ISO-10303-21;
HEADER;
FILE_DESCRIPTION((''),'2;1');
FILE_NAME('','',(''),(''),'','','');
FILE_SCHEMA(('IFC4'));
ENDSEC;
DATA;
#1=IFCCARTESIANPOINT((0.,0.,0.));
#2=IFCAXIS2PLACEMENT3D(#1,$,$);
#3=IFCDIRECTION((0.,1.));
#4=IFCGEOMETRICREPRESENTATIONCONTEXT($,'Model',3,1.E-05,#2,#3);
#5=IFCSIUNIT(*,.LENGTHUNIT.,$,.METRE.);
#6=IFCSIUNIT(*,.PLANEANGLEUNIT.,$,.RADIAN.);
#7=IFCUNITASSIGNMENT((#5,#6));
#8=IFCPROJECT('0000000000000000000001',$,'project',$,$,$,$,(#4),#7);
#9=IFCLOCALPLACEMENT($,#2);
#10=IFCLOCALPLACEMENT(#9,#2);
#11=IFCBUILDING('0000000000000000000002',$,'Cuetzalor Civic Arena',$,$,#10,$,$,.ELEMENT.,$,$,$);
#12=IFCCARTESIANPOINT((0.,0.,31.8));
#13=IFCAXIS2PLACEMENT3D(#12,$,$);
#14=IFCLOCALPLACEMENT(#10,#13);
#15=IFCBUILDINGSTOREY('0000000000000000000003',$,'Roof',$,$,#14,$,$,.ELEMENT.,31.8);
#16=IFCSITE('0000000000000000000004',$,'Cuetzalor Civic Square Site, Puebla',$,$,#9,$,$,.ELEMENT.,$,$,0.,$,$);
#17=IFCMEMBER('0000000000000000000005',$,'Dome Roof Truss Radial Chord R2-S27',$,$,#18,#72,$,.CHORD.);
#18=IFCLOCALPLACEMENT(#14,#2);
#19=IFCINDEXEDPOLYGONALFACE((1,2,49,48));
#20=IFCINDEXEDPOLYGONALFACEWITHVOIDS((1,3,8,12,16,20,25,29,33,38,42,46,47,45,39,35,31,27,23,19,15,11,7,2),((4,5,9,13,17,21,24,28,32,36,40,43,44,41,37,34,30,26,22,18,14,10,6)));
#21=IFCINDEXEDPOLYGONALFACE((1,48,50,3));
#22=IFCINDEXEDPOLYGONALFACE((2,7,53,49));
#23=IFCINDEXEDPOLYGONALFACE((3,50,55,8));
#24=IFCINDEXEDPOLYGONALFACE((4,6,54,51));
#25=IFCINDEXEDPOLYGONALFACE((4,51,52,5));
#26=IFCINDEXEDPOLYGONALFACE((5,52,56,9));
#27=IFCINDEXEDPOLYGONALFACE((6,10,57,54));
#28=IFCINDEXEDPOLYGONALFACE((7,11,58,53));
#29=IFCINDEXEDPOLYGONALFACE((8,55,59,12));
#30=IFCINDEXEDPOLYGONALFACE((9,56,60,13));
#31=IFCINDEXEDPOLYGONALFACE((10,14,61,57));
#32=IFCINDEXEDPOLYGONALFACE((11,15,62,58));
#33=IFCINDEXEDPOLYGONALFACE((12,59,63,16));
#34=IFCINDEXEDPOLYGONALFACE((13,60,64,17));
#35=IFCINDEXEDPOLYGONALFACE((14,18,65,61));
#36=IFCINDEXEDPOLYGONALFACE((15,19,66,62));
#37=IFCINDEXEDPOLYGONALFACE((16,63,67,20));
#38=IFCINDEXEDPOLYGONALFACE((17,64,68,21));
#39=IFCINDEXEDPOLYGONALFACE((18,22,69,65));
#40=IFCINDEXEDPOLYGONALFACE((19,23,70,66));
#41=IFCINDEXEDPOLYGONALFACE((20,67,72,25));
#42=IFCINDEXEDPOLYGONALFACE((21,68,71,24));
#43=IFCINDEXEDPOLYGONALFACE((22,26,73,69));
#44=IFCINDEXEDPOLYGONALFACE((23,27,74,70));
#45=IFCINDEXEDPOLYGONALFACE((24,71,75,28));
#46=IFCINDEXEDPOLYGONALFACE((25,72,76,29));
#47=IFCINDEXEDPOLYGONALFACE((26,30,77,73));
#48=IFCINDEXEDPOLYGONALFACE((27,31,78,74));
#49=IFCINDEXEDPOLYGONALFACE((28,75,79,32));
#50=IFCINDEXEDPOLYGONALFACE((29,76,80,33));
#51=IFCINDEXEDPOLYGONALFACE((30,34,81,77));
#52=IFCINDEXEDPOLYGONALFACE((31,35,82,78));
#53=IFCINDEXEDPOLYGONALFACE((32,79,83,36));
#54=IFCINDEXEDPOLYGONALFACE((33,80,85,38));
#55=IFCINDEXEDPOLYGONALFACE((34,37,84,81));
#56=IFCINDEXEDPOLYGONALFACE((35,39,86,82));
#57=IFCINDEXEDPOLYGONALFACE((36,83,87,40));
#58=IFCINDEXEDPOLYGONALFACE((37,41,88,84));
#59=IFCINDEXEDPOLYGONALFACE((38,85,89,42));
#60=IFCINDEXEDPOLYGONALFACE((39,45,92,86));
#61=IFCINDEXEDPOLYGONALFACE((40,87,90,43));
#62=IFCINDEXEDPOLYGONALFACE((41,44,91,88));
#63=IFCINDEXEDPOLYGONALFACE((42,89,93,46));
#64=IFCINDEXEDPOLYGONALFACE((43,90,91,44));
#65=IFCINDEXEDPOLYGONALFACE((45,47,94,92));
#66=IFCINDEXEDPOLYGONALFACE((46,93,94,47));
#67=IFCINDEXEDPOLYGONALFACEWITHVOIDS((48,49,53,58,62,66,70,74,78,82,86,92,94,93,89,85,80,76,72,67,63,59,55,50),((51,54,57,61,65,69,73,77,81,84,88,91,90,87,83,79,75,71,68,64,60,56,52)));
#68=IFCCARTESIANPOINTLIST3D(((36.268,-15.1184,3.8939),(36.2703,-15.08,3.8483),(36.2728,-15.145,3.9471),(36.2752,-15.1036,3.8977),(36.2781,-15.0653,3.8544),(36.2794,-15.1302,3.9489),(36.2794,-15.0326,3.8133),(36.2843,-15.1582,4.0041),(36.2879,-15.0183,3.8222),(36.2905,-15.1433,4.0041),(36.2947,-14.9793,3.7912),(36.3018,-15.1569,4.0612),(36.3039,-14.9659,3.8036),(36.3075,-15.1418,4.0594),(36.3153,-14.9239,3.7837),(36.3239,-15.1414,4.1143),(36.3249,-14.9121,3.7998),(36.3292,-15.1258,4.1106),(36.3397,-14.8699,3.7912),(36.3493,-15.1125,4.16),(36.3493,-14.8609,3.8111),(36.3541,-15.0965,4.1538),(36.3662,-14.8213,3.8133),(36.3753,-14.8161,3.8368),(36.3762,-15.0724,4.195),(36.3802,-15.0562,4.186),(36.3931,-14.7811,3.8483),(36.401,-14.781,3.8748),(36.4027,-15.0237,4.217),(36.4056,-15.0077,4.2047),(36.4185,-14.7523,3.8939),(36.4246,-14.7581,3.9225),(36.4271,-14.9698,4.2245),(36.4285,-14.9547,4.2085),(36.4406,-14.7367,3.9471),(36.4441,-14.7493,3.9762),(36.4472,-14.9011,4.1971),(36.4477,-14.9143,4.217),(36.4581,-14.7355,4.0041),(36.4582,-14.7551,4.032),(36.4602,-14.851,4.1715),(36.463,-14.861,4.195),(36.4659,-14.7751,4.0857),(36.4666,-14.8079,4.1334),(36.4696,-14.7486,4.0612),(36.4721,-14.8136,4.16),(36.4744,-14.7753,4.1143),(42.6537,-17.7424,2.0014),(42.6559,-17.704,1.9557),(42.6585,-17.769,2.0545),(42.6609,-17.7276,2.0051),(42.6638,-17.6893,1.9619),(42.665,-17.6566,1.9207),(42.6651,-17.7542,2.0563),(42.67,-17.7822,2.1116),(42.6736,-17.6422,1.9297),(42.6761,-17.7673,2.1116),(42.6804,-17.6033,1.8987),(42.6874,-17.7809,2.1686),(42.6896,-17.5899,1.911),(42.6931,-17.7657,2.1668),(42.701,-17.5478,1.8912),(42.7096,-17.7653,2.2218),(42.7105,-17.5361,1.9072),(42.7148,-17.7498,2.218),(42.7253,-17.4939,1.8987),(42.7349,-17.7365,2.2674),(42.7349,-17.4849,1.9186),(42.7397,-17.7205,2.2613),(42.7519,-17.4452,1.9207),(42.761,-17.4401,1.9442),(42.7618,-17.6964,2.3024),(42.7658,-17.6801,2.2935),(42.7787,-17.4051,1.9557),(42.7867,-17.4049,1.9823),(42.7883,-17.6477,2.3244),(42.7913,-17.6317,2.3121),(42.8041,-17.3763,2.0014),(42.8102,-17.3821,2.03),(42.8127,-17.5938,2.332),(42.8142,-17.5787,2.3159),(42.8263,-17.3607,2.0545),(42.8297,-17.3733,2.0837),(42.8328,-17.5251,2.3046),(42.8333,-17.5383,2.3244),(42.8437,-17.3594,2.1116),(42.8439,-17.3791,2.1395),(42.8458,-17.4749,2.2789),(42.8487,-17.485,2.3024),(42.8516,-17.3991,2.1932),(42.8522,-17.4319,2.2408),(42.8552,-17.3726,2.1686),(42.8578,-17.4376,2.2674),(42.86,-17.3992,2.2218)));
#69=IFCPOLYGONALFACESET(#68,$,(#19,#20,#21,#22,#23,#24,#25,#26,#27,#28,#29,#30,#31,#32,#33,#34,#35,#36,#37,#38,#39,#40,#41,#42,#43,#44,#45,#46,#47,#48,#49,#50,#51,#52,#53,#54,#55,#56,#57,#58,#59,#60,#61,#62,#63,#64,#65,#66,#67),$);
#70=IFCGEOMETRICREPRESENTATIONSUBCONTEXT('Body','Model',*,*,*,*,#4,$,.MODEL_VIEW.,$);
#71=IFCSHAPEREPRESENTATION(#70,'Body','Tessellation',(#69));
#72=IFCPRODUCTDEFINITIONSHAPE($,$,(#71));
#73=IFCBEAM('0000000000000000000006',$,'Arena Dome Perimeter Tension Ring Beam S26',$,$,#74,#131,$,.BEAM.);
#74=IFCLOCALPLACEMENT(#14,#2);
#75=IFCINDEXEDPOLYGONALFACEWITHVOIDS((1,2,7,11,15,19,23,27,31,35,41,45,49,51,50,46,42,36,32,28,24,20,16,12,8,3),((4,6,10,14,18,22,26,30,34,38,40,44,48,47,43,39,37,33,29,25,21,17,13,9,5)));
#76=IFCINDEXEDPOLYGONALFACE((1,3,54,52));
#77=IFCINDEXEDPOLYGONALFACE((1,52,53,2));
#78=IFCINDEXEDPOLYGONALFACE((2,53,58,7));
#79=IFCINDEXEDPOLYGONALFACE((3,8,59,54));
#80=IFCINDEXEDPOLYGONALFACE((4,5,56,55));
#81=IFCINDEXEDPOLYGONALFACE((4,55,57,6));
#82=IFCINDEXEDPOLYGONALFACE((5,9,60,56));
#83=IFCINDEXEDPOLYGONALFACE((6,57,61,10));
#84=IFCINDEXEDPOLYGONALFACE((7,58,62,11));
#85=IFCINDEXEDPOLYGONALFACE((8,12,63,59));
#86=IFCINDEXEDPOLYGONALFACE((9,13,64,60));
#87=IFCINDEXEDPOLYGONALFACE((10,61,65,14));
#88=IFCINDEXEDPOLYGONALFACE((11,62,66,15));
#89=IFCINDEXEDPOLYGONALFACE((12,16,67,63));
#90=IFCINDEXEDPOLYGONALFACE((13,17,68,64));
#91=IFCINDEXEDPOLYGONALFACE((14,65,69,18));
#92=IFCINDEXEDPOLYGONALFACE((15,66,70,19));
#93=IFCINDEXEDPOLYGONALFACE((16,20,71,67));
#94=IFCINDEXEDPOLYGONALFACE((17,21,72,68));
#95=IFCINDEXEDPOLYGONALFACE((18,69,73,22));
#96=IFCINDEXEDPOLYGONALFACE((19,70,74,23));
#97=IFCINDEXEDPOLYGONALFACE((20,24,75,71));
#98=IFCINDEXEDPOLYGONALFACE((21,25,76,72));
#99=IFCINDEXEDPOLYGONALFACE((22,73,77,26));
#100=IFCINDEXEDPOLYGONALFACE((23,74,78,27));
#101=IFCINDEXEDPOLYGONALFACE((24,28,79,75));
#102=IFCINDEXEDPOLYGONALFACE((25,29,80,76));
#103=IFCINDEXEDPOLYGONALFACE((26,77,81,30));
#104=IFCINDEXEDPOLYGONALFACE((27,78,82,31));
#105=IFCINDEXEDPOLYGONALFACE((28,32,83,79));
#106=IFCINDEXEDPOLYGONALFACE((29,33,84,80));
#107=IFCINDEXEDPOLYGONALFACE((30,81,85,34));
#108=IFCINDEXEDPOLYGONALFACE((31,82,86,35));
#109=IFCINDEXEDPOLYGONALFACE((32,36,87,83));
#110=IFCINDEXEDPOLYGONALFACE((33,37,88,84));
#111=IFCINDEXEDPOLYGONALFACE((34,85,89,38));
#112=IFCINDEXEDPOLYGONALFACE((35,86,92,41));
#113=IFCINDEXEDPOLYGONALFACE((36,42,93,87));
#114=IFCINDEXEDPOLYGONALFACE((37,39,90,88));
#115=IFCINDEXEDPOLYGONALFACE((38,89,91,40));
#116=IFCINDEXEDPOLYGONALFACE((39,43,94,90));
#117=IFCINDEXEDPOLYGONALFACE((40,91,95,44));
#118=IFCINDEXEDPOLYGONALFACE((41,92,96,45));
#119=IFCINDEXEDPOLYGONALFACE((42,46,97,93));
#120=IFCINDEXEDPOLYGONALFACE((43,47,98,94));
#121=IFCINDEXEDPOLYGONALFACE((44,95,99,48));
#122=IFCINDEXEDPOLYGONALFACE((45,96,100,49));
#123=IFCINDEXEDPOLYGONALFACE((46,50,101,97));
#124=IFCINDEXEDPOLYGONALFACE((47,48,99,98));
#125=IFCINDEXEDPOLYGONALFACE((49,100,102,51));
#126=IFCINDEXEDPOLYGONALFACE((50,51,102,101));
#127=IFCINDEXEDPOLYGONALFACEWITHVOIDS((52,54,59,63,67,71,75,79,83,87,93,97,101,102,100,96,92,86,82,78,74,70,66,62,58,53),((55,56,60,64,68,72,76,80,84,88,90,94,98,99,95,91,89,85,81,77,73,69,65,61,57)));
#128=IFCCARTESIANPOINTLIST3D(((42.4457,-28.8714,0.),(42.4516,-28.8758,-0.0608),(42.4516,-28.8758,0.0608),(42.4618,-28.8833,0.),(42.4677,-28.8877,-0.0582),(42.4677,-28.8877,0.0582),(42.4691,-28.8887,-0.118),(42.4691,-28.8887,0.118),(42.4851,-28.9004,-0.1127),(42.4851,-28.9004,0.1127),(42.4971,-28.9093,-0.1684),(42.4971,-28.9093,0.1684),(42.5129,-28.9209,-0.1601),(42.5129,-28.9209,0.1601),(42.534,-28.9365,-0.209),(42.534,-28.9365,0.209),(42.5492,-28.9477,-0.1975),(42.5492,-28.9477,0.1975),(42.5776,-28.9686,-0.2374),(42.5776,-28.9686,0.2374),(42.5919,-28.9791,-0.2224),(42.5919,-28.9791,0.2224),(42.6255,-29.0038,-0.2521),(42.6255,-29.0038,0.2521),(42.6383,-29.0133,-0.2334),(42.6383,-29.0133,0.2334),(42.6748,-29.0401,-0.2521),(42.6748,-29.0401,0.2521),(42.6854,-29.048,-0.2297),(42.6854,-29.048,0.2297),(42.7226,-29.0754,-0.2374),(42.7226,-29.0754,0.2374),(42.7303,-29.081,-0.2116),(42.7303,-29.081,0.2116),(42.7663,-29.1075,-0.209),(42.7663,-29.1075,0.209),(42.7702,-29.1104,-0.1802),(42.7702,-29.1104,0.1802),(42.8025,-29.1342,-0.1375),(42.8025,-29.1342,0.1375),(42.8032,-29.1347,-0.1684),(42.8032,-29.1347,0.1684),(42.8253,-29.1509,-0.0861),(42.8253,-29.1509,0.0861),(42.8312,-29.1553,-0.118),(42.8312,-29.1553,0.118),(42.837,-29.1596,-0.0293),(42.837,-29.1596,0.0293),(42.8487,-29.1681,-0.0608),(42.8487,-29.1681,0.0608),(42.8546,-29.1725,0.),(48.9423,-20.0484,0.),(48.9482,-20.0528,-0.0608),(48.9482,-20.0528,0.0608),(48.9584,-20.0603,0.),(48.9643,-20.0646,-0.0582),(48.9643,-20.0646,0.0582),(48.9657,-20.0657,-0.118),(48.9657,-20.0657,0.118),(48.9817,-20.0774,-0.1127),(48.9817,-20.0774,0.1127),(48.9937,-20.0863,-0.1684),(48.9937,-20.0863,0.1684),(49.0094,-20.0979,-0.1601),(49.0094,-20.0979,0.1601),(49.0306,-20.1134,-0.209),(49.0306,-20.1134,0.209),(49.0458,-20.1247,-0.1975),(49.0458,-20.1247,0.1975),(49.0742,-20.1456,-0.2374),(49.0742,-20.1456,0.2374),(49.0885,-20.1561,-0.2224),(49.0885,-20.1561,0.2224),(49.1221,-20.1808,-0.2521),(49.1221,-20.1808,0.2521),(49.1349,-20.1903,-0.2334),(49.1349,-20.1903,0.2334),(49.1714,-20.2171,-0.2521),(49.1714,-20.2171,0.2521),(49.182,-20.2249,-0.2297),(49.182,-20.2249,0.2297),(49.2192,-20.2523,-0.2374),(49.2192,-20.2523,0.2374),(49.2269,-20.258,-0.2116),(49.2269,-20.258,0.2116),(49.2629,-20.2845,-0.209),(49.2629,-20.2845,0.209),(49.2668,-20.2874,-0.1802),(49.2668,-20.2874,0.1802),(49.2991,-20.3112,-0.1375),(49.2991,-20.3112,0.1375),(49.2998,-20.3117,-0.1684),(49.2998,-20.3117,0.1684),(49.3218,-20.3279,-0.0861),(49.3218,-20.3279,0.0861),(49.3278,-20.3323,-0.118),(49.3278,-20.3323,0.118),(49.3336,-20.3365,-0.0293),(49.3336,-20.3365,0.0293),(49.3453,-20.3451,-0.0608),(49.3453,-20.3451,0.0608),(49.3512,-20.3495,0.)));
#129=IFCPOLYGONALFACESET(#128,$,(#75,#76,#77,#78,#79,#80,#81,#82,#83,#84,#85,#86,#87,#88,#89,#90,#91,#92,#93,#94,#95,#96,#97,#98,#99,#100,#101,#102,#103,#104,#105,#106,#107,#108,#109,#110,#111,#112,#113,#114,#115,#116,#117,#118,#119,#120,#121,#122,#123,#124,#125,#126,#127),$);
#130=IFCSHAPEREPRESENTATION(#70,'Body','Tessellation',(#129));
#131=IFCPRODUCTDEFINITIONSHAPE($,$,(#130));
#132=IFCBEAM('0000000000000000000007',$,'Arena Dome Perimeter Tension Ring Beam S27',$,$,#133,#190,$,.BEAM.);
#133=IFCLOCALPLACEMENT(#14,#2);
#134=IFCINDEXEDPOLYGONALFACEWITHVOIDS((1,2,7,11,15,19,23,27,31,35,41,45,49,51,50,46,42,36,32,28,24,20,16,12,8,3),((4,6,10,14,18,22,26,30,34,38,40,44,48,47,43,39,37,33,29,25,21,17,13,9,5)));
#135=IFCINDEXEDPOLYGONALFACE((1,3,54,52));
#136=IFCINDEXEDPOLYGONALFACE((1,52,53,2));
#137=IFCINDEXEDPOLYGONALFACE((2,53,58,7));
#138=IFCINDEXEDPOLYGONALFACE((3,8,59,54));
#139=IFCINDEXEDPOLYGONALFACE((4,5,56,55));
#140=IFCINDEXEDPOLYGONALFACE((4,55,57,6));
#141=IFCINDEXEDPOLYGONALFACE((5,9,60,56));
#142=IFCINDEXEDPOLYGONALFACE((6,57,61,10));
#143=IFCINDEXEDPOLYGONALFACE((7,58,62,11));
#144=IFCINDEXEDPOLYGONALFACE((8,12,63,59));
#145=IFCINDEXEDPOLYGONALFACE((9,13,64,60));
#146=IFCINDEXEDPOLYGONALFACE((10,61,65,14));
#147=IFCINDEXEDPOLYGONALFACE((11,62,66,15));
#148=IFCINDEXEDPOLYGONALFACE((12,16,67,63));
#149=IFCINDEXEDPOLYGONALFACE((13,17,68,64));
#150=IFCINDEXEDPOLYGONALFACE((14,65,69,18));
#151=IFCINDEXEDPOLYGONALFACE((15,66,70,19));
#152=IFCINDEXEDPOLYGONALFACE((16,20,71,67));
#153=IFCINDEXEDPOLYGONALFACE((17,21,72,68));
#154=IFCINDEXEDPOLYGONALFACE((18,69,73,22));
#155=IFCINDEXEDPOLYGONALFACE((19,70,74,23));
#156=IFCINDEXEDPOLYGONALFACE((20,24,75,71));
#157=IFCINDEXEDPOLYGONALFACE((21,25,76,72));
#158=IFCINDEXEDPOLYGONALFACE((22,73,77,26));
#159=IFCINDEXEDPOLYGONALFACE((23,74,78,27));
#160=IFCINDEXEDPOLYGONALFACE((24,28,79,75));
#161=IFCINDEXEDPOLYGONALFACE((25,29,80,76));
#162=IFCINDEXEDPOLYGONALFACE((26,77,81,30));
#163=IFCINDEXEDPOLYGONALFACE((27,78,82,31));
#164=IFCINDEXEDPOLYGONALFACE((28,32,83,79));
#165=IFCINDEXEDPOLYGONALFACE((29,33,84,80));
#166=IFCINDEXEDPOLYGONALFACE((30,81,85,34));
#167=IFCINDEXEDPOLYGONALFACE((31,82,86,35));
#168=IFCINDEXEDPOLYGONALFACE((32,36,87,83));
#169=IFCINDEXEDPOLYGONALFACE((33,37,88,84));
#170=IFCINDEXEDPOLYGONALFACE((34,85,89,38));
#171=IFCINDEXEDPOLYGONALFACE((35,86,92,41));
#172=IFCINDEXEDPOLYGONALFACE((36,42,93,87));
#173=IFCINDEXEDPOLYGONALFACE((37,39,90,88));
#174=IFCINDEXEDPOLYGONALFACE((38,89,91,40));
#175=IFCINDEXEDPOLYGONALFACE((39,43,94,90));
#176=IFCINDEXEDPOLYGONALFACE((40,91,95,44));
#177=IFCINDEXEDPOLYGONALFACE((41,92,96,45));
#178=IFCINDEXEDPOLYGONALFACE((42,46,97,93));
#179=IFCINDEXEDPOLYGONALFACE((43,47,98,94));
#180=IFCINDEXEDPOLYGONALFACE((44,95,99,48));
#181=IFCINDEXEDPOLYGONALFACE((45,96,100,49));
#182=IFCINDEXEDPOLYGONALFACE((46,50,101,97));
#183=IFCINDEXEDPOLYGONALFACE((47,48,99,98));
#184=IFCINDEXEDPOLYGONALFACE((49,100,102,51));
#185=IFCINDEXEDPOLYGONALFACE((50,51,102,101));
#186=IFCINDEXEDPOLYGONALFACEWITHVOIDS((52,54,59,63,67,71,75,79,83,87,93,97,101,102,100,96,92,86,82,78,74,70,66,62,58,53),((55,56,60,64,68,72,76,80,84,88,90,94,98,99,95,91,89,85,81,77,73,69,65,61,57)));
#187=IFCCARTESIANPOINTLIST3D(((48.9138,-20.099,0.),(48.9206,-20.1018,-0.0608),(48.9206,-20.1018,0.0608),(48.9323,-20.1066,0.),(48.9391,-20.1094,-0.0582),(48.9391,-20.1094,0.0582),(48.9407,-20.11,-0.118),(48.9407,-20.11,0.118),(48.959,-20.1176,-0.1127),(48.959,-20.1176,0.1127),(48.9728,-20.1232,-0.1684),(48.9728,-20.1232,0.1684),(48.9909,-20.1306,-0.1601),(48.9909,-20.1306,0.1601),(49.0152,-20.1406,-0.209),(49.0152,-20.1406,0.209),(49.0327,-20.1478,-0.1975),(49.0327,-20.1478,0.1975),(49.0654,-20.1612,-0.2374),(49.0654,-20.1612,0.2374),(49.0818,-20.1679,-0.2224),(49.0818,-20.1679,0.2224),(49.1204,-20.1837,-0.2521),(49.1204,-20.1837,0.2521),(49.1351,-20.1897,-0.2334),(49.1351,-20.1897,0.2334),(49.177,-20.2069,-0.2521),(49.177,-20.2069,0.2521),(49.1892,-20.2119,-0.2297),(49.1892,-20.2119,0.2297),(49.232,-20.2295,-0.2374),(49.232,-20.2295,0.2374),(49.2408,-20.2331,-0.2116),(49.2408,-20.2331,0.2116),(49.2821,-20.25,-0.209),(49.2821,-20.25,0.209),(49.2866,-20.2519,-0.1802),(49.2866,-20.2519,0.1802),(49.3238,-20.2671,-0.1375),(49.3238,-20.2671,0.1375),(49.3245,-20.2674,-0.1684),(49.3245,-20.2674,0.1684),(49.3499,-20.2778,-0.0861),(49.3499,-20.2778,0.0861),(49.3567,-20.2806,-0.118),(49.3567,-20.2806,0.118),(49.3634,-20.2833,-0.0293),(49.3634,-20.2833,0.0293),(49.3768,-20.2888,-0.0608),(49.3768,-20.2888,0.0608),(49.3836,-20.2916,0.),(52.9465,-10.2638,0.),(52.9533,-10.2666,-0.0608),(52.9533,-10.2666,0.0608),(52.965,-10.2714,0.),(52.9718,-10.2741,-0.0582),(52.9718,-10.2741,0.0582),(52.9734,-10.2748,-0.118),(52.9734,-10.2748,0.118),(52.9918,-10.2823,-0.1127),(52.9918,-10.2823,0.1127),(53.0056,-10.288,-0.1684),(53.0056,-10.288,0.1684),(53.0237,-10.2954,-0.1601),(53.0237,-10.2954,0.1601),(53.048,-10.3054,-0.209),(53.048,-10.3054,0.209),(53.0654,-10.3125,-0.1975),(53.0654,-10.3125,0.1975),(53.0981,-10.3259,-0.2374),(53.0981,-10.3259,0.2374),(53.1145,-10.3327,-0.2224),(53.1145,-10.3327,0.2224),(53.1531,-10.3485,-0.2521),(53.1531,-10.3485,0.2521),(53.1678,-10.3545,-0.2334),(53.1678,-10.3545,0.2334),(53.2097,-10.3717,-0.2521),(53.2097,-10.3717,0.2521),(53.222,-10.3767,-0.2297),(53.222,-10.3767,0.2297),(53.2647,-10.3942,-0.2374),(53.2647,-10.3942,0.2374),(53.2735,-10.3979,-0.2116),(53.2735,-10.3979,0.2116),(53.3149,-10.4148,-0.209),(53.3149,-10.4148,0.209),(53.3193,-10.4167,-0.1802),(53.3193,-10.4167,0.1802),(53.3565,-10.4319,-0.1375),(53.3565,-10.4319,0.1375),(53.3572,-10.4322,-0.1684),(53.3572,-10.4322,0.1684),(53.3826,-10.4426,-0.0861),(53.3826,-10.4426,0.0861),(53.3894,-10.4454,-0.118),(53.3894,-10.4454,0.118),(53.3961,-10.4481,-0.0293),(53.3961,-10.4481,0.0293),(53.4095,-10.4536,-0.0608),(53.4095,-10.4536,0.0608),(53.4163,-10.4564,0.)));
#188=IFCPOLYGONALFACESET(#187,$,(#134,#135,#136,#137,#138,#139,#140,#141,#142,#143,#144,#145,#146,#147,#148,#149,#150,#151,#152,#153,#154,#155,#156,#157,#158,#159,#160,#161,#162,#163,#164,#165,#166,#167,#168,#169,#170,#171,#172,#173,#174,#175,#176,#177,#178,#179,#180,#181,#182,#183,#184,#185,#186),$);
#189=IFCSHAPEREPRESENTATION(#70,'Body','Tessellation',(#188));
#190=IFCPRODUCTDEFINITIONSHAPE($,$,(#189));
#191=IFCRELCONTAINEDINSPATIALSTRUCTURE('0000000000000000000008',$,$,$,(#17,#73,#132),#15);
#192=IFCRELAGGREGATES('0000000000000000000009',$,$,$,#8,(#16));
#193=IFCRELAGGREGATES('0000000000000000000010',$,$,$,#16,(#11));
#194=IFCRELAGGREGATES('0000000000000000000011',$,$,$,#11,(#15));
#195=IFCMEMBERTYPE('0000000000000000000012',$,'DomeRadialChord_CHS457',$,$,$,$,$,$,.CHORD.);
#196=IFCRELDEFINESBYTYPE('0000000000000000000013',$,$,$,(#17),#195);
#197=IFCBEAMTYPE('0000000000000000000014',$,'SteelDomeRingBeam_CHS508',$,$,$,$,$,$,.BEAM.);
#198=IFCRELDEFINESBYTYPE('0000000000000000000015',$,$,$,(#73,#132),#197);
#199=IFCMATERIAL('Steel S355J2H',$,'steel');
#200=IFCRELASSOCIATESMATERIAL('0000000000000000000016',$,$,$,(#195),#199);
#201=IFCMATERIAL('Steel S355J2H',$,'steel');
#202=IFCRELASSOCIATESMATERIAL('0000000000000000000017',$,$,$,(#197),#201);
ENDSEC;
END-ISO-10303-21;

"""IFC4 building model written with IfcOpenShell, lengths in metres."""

from ifc_helpers import new_model, si_unit, direction, frame, origin, origin_2d, place, context, subcontext, project, spatial, hollow_circle, extrude, material, material_profile, profile_set, type_object, element, save


model = new_model("IFC4")

# Units and contexts
model_context = context("Model", 3, precision=1e-05, world=origin(), true_north=direction((0.0, 1.0)))
body_context = subcontext(model_context, "Body", "Model", "MODEL_VIEW")
ifc_project = project(units=[si_unit("LENGTHUNIT", "METRE"), si_unit("PLANEANGLEUNIT", "RADIAN")], contexts=[model_context])

# Site, building, storey
site_placement = place(None, origin())
site = spatial("IfcSite", under=ifc_project, at=site_placement, Name="Cuetzalor Civic Square Site, Puebla", CompositionType="ELEMENT", RefElevation=0.0)
building_placement = place(site_placement, origin())
building = spatial("IfcBuilding", under=site, at=building_placement, Name="Cuetzalor Civic Arena", CompositionType="ELEMENT")
storey_placement = place(building_placement, frame((0.0, 0.0, 31.8)))
storey = spatial("IfcBuildingStorey", under=building, at=storey_placement, Name="Roof", CompositionType="ELEMENT", Elevation=31.8)

# Member
ifc_material_1 = material(Name="Steel S355J2H", Category="steel")
ifc_material_profile_1 = material_profile(ifc_material_1, hollow_circle(Radius=0.2285, WallThickness=0.0161, at=origin_2d()), Name="CHS 457x16")
ifc_profile_set_1 = profile_set([ifc_material_profile_1], Name="Steel S355J2H")
member_type_1 = type_object("IfcMemberType", Name="DomeRadialChord_CHS457", PredefinedType="CHORD", material=ifc_profile_set_1)
member_1_placement = place(storey_placement, frame((42.7568, -17.5708, 2.1116), z_axis=(-0.892042, 0.366557, 0.26438), x_axis=(-0.380081, -0.924953, 0.0)))
element("IfcMember", 1, at=member_1_placement, inside=storey, type_object=member_type_1, Name="Dome Roof Truss Radial Chord R2-S27", PredefinedType="CHORD", context=body_context, shape_type="SweptSolid", body=[
    extrude(hollow_circle(Radius=0.2285, WallThickness=0.0161, at=origin_2d()), origin(), (0.0, 0.0, 1.0), 7.1584),
])

# Beams
ifc_material_2 = material(Name="Steel S355J2H", Category="steel")
ifc_material_profile_2 = material_profile(ifc_material_2, hollow_circle(Radius=0.2539, WallThickness=0.02, at=origin_2d()), Name="CHS 508x20")
ifc_profile_set_2 = profile_set([ifc_material_profile_2], Name="Steel S355J2H")
beam_type = type_object("IfcBeamType", Name="SteelDomeRingBeam_CHS508", PredefinedType="BEAM", material=ifc_profile_set_2)
beam_1_placement = place(storey_placement, frame((42.6501, -29.022, 0.0), z_axis=(0.592928, 0.805255, 0.0), x_axis=(-0.805255, 0.592928, 0.0)))
element("IfcBeam", 2, at=beam_1_placement, inside=storey, type_object=beam_type, Name="Arena Dome Perimeter Tension Ring Beam S26", PredefinedType="BEAM", context=body_context, shape_type="SweptSolid", body=[
    extrude(hollow_circle(Radius=0.2539, WallThickness=0.02, at=origin_2d()), origin(), (0.0, 0.0, 1.0), 10.9568),
])
beam_2_placement = place(storey_placement, frame((49.1487, -20.1953, 0.0), z_axis=(0.379376, 0.925243, 0.0), x_axis=(-0.925243, 0.379376, 0.0)))
element("IfcBeam", 3, at=beam_2_placement, inside=storey, type_object=beam_type, Name="Arena Dome Perimeter Tension Ring Beam S27", PredefinedType="BEAM", context=body_context, shape_type="SweptSolid", body=[
    extrude(hollow_circle(Radius=0.2539, WallThickness=0.02, at=origin_2d()), origin(), (0.0, 0.0, 1.0), 10.6299),
])

save(model, "model.ifc")
